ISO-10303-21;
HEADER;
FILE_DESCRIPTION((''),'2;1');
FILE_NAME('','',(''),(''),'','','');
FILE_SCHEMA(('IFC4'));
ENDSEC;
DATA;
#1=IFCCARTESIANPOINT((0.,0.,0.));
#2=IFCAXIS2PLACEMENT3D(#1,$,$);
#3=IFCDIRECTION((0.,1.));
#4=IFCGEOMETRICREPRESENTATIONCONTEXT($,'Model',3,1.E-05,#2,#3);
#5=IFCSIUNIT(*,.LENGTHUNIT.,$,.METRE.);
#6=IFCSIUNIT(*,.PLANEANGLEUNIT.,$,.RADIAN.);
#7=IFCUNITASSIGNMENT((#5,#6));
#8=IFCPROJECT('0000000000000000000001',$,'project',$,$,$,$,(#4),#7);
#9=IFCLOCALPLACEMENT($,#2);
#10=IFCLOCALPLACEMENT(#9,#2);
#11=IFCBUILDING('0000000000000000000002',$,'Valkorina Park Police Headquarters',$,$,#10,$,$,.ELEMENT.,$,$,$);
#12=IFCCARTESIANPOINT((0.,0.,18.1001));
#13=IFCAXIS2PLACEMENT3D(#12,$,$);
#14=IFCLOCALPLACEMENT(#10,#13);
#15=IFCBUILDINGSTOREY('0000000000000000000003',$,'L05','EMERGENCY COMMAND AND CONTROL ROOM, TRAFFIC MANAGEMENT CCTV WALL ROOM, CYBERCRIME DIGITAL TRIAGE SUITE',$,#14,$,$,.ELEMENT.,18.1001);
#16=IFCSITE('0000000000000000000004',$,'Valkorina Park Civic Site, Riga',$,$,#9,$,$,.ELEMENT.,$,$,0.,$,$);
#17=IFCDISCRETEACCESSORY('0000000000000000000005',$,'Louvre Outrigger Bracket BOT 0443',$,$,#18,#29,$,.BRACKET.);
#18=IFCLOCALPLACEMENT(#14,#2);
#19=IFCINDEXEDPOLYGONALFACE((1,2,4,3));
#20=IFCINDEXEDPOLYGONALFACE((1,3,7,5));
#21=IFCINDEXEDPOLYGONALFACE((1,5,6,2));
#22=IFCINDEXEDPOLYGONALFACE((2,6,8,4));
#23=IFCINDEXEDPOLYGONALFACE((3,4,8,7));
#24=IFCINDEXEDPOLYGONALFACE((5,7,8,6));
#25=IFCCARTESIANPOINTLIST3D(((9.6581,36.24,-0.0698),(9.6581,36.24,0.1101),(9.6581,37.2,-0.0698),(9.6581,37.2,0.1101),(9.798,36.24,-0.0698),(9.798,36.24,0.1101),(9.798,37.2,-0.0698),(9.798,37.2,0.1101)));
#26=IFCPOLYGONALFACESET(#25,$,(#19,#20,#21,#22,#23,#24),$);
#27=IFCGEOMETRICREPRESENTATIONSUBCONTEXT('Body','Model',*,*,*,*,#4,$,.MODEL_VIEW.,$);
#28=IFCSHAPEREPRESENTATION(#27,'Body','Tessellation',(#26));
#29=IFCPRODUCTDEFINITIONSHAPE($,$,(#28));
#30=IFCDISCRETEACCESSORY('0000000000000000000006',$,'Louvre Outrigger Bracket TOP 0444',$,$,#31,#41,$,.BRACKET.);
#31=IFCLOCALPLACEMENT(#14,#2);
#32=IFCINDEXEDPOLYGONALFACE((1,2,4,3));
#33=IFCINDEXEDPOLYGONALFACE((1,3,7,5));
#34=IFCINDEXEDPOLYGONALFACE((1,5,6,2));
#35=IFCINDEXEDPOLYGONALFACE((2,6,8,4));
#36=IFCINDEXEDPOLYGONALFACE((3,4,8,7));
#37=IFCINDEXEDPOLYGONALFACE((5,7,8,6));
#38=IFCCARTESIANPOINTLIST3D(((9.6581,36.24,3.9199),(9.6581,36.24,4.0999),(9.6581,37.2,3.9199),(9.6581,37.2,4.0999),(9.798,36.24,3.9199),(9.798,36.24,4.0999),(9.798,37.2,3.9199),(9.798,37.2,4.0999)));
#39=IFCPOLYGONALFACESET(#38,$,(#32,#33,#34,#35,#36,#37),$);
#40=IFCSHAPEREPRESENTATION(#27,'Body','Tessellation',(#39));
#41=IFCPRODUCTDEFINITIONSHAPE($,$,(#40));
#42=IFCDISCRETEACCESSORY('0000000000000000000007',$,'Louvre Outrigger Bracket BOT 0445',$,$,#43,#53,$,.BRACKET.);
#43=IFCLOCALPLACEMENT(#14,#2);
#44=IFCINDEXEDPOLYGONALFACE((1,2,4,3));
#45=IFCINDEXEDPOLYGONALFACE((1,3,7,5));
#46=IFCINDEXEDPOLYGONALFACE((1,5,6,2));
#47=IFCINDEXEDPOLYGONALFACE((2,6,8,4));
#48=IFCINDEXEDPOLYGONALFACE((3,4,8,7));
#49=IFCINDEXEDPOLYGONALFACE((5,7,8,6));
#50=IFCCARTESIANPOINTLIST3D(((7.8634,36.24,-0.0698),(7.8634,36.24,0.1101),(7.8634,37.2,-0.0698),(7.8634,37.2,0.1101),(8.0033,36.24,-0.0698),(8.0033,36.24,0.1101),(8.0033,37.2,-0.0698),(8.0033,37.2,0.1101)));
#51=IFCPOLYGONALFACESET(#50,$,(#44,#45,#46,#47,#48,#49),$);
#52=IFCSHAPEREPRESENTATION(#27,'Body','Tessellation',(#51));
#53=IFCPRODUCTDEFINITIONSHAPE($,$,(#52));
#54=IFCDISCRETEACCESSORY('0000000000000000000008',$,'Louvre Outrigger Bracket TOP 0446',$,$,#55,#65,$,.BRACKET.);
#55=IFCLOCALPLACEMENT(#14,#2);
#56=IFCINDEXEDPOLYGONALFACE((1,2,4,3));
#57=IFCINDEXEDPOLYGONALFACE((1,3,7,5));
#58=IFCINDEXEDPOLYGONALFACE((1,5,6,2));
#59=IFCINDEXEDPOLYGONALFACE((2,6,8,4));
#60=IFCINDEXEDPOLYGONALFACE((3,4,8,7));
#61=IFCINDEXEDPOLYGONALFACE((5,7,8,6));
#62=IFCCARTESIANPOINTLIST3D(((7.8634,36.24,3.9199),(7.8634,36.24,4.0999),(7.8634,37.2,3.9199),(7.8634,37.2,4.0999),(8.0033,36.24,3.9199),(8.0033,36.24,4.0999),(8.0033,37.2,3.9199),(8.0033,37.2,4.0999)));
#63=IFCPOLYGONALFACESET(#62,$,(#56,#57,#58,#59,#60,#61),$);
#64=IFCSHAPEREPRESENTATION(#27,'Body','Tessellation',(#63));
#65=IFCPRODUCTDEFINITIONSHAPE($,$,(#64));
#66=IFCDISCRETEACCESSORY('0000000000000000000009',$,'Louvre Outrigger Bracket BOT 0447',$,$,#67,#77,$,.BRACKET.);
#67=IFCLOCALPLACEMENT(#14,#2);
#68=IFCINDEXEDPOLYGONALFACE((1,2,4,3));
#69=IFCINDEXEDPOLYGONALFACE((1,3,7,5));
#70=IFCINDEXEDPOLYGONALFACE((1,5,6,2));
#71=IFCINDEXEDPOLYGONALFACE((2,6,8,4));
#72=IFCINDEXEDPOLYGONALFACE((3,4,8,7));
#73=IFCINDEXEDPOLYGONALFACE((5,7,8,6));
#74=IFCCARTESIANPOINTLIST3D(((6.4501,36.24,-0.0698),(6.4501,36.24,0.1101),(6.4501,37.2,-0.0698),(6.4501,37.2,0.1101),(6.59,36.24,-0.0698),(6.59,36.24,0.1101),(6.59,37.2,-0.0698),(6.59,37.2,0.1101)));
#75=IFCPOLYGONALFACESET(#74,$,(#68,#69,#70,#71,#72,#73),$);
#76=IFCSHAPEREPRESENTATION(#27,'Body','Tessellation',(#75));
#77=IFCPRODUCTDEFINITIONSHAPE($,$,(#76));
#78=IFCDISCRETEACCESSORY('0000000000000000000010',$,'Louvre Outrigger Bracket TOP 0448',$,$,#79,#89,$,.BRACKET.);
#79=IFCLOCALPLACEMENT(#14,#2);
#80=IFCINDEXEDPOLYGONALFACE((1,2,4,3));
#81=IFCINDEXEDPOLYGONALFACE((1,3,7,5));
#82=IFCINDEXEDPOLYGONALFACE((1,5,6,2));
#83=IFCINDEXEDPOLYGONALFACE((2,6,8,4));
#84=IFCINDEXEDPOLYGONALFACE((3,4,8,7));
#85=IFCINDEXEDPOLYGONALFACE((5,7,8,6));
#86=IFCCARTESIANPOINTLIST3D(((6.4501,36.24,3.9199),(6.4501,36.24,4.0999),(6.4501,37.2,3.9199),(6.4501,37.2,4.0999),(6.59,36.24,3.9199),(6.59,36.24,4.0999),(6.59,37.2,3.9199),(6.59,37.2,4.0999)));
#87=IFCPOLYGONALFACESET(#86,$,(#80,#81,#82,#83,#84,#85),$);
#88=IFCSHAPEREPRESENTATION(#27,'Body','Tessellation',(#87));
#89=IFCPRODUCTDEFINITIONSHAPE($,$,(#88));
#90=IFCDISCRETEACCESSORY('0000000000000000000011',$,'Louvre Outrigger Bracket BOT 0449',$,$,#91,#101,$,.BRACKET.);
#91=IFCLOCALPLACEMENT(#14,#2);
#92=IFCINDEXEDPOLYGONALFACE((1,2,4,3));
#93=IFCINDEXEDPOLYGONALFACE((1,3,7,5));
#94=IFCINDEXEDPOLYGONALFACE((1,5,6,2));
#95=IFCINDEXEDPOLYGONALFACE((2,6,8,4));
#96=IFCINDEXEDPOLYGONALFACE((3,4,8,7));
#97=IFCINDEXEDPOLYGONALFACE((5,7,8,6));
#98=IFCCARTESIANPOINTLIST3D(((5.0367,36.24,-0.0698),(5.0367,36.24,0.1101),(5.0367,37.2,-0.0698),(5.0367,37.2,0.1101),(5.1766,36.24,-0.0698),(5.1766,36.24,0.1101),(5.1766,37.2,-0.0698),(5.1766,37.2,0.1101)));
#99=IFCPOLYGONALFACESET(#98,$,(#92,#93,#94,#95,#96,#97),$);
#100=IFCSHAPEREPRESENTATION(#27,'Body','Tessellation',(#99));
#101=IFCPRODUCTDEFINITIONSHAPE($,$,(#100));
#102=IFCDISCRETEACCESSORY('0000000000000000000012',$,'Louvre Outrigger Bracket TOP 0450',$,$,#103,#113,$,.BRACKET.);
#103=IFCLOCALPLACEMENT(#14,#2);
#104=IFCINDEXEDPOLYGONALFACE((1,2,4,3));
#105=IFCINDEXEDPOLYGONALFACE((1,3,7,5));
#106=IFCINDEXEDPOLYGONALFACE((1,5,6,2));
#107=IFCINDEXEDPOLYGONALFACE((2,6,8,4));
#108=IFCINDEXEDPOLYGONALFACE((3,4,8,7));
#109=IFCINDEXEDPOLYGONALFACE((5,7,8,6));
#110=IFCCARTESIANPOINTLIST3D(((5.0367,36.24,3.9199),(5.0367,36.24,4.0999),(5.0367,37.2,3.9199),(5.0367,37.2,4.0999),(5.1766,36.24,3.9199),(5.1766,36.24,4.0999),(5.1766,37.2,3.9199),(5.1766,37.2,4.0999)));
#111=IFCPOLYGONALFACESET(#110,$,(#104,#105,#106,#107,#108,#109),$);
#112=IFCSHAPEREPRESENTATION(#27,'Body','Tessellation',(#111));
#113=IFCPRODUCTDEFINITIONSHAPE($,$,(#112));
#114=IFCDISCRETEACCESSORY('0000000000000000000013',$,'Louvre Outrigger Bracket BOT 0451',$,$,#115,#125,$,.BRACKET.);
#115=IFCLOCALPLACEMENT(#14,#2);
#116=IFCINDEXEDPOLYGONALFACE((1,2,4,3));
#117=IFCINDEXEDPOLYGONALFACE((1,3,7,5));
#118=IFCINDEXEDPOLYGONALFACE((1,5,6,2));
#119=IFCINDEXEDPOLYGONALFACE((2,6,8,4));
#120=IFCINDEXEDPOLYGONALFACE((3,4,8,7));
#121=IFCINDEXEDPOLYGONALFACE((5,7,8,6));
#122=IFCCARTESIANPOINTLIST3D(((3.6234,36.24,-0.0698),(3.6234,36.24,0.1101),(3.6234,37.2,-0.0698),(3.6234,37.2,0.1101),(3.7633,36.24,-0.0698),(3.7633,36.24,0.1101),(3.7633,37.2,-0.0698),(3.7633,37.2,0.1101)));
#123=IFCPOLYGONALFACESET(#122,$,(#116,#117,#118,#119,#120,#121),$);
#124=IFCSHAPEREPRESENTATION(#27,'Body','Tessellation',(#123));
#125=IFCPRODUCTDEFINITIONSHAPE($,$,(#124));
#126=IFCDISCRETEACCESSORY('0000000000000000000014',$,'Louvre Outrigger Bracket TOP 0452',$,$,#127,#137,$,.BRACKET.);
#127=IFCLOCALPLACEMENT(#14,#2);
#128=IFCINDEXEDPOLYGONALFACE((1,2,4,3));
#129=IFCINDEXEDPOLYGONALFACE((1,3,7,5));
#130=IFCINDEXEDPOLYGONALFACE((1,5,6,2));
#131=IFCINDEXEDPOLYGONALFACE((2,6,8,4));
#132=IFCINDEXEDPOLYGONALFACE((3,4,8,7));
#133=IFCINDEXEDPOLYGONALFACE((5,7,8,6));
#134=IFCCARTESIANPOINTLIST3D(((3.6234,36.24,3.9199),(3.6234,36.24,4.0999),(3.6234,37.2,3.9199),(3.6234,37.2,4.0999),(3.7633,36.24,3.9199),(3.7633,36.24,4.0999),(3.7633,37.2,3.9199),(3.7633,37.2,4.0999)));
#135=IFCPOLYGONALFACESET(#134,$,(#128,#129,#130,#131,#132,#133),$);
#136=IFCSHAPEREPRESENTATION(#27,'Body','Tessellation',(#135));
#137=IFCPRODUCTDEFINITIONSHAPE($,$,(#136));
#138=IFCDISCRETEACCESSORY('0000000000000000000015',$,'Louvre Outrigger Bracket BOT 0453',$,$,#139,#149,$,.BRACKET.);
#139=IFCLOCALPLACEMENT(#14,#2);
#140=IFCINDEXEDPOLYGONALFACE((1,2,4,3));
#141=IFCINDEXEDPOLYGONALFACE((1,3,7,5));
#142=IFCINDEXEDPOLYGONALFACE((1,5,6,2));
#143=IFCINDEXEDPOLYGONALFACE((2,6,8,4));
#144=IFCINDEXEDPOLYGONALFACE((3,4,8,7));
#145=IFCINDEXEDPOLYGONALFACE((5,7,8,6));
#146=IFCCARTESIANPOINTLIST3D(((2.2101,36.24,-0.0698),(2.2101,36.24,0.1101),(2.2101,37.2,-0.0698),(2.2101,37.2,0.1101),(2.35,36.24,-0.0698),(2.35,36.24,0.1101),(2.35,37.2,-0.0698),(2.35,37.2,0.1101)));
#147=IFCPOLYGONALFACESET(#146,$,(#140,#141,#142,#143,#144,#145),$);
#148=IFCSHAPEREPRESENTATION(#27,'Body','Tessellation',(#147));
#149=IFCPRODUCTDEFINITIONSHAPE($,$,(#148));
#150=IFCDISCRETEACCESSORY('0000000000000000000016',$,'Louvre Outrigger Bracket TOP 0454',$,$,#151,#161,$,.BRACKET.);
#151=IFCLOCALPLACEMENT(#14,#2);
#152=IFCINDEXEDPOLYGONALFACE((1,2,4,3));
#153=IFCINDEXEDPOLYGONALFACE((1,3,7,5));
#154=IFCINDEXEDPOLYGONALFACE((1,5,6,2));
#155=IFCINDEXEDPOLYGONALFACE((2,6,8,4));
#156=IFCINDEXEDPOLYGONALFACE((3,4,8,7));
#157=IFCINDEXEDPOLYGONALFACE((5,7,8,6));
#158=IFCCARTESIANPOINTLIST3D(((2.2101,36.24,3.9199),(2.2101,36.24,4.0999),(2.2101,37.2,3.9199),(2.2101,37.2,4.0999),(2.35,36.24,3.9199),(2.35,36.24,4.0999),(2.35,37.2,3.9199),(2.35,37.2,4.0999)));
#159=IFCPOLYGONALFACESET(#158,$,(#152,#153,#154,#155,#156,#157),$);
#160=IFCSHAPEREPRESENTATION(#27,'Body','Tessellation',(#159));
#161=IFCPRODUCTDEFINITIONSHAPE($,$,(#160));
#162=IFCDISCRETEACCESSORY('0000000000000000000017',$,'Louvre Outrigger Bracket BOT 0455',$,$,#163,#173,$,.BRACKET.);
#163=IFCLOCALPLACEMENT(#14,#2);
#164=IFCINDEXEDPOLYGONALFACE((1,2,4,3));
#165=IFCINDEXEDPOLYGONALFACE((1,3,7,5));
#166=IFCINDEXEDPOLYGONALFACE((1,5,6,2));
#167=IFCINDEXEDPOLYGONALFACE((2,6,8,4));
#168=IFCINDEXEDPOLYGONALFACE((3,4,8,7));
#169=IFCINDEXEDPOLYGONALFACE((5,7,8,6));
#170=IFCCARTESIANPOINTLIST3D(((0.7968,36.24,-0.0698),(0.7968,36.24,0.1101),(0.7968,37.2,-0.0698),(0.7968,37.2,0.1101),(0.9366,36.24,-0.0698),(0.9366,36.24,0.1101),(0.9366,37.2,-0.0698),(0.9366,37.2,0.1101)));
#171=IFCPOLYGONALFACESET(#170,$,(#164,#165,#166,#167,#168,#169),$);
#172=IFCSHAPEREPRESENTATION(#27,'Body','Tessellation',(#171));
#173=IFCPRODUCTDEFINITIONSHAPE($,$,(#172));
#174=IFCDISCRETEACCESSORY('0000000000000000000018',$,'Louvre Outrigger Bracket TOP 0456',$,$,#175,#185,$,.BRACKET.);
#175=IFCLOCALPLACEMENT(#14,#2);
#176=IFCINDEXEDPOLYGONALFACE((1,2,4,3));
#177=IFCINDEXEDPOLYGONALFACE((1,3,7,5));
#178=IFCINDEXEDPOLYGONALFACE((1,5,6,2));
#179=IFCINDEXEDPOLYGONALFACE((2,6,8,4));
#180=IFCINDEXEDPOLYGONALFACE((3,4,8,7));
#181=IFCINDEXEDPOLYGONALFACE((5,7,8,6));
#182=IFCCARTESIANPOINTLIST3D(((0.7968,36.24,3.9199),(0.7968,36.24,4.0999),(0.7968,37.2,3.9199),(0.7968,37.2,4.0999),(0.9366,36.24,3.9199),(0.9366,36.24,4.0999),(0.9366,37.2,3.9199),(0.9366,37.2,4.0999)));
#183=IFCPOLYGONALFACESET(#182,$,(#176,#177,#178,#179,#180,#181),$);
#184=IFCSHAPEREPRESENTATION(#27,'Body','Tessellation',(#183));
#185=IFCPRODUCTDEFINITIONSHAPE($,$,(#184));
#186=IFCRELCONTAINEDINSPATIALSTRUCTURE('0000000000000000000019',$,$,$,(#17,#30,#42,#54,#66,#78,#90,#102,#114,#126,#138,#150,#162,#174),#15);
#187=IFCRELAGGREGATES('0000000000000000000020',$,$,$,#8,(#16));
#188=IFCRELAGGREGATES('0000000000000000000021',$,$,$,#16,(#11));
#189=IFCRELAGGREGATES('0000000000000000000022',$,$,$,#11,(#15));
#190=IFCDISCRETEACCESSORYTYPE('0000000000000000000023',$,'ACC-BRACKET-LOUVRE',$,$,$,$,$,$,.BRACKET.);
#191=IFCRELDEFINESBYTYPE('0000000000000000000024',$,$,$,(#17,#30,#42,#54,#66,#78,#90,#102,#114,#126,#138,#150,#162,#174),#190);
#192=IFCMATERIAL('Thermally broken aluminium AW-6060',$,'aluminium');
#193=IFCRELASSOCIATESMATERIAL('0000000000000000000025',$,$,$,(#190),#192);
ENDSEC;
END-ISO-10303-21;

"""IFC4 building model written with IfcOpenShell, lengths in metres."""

from ifc_helpers import new_model, si_unit, direction, frame, origin, origin_2d, place, context, subcontext, project, spatial, rectangle, extrude, material, type_object, element, save


model = new_model("IFC4")

# Units and contexts
model_context = context("Model", 3, precision=1e-05, world=origin(), true_north=direction((0.0, 1.0)))
body_context = subcontext(model_context, "Body", "Model", "MODEL_VIEW")
ifc_project = project(units=[si_unit("LENGTHUNIT", "METRE"), si_unit("PLANEANGLEUNIT", "RADIAN")], contexts=[model_context])

# Site, building, storey
site_placement = place(None, origin())
site = spatial("IfcSite", under=ifc_project, at=site_placement, Name="Valkorina Park Civic Site, Riga", CompositionType="ELEMENT", RefElevation=0.0)
building_placement = place(site_placement, origin())
building = spatial("IfcBuilding", under=site, at=building_placement, Name="Valkorina Park Police Headquarters", CompositionType="ELEMENT")
storey_placement = place(building_placement, frame((0.0, 0.0, 18.1001)))
storey = spatial("IfcBuildingStorey", under=building, at=storey_placement, Name="L05", Description="EMERGENCY COMMAND AND CONTROL ROOM, TRAFFIC MANAGEMENT CCTV WALL ROOM, CYBERCRIME DIGITAL TRIAGE SUITE", CompositionType="ELEMENT", Elevation=18.1001)

# Discrete accessories
ifc_material_1 = material(Name="Thermally broken aluminium AW-6060", Category="aluminium")
discrete_accessory_type = type_object("IfcDiscreteAccessoryType", Name="ACC-BRACKET-LOUVRE", PredefinedType="BRACKET", material=ifc_material_1)
for number, where, z_axis, x_axis, name in (
    (1, (9.728, 36.72, -0.0698), (0.0, 0.0, 1.0), (0.0, -1.0, 0.0), "Louvre Outrigger Bracket BOT 0443"),
    (2, (9.728, 36.72, 3.9199), (0.0, 0.0, 1.0), (0.0, -1.0, 0.0), "Louvre Outrigger Bracket TOP 0444"),
    (3, (7.9333, 36.72, -0.0698), (0.0, 0.0, 1.0), (0.0, -1.0, 0.0), "Louvre Outrigger Bracket BOT 0445"),
    (4, (7.9333, 36.72, 3.9199), (0.0, 0.0, 1.0), (0.0, -1.0, 0.0), "Louvre Outrigger Bracket TOP 0446"),
    (5, (6.52, 36.72, -0.0698), (0.0, 0.0, 1.0), (0.0, -1.0, 0.0), "Louvre Outrigger Bracket BOT 0447"),
    (6, (6.52, 36.72, 3.9199), (0.0, 0.0, 1.0), (0.0, -1.0, 0.0), "Louvre Outrigger Bracket TOP 0448"),
    (7, (5.1067, 36.72, -0.0698), (0.0, 0.0, 1.0), (0.0, -1.0, 0.0), "Louvre Outrigger Bracket BOT 0449"),
    (8, (5.1067, 36.72, 3.9199), (0.0, 0.0, 1.0), (0.0, -1.0, 0.0), "Louvre Outrigger Bracket TOP 0450"),
    (9, (3.6934, 36.72, -0.0698), (0.0, 0.0, 1.0), (0.0, -1.0, 0.0), "Louvre Outrigger Bracket BOT 0451"),
    (10, (3.6934, 36.72, 3.9199), (0.0, 0.0, 1.0), (0.0, -1.0, 0.0), "Louvre Outrigger Bracket TOP 0452"),
    (11, (2.28, 36.72, -0.0698), (0.0, 0.0, 1.0), (0.0, -1.0, 0.0), "Louvre Outrigger Bracket BOT 0453"),
    (12, (2.28, 36.72, 3.9199), (0.0, 0.0, 1.0), (0.0, -1.0, 0.0), "Louvre Outrigger Bracket TOP 0454"),
    (13, (0.8667, 36.72, -0.0698), (0.0, 0.0, 1.0), (0.0, -1.0, 0.0), "Louvre Outrigger Bracket BOT 0455"),
    (14, (0.8667, 36.72, 3.9199), (0.0, 0.0, 1.0), (0.0, -1.0, 0.0), "Louvre Outrigger Bracket TOP 0456"),
):
    element("IfcDiscreteAccessory", number, at=place(storey_placement, frame(where, z_axis=z_axis, x_axis=x_axis)), inside=storey, type_object=discrete_accessory_type, Name=name, PredefinedType="BRACKET", context=body_context, shape_type="SweptSolid", body=[
        extrude(rectangle(XDim=0.96, YDim=0.1399, at=origin_2d()), origin(), (0.0, 0.0, 1.0), 0.1799),
    ])

save(model, "model.ifc")
